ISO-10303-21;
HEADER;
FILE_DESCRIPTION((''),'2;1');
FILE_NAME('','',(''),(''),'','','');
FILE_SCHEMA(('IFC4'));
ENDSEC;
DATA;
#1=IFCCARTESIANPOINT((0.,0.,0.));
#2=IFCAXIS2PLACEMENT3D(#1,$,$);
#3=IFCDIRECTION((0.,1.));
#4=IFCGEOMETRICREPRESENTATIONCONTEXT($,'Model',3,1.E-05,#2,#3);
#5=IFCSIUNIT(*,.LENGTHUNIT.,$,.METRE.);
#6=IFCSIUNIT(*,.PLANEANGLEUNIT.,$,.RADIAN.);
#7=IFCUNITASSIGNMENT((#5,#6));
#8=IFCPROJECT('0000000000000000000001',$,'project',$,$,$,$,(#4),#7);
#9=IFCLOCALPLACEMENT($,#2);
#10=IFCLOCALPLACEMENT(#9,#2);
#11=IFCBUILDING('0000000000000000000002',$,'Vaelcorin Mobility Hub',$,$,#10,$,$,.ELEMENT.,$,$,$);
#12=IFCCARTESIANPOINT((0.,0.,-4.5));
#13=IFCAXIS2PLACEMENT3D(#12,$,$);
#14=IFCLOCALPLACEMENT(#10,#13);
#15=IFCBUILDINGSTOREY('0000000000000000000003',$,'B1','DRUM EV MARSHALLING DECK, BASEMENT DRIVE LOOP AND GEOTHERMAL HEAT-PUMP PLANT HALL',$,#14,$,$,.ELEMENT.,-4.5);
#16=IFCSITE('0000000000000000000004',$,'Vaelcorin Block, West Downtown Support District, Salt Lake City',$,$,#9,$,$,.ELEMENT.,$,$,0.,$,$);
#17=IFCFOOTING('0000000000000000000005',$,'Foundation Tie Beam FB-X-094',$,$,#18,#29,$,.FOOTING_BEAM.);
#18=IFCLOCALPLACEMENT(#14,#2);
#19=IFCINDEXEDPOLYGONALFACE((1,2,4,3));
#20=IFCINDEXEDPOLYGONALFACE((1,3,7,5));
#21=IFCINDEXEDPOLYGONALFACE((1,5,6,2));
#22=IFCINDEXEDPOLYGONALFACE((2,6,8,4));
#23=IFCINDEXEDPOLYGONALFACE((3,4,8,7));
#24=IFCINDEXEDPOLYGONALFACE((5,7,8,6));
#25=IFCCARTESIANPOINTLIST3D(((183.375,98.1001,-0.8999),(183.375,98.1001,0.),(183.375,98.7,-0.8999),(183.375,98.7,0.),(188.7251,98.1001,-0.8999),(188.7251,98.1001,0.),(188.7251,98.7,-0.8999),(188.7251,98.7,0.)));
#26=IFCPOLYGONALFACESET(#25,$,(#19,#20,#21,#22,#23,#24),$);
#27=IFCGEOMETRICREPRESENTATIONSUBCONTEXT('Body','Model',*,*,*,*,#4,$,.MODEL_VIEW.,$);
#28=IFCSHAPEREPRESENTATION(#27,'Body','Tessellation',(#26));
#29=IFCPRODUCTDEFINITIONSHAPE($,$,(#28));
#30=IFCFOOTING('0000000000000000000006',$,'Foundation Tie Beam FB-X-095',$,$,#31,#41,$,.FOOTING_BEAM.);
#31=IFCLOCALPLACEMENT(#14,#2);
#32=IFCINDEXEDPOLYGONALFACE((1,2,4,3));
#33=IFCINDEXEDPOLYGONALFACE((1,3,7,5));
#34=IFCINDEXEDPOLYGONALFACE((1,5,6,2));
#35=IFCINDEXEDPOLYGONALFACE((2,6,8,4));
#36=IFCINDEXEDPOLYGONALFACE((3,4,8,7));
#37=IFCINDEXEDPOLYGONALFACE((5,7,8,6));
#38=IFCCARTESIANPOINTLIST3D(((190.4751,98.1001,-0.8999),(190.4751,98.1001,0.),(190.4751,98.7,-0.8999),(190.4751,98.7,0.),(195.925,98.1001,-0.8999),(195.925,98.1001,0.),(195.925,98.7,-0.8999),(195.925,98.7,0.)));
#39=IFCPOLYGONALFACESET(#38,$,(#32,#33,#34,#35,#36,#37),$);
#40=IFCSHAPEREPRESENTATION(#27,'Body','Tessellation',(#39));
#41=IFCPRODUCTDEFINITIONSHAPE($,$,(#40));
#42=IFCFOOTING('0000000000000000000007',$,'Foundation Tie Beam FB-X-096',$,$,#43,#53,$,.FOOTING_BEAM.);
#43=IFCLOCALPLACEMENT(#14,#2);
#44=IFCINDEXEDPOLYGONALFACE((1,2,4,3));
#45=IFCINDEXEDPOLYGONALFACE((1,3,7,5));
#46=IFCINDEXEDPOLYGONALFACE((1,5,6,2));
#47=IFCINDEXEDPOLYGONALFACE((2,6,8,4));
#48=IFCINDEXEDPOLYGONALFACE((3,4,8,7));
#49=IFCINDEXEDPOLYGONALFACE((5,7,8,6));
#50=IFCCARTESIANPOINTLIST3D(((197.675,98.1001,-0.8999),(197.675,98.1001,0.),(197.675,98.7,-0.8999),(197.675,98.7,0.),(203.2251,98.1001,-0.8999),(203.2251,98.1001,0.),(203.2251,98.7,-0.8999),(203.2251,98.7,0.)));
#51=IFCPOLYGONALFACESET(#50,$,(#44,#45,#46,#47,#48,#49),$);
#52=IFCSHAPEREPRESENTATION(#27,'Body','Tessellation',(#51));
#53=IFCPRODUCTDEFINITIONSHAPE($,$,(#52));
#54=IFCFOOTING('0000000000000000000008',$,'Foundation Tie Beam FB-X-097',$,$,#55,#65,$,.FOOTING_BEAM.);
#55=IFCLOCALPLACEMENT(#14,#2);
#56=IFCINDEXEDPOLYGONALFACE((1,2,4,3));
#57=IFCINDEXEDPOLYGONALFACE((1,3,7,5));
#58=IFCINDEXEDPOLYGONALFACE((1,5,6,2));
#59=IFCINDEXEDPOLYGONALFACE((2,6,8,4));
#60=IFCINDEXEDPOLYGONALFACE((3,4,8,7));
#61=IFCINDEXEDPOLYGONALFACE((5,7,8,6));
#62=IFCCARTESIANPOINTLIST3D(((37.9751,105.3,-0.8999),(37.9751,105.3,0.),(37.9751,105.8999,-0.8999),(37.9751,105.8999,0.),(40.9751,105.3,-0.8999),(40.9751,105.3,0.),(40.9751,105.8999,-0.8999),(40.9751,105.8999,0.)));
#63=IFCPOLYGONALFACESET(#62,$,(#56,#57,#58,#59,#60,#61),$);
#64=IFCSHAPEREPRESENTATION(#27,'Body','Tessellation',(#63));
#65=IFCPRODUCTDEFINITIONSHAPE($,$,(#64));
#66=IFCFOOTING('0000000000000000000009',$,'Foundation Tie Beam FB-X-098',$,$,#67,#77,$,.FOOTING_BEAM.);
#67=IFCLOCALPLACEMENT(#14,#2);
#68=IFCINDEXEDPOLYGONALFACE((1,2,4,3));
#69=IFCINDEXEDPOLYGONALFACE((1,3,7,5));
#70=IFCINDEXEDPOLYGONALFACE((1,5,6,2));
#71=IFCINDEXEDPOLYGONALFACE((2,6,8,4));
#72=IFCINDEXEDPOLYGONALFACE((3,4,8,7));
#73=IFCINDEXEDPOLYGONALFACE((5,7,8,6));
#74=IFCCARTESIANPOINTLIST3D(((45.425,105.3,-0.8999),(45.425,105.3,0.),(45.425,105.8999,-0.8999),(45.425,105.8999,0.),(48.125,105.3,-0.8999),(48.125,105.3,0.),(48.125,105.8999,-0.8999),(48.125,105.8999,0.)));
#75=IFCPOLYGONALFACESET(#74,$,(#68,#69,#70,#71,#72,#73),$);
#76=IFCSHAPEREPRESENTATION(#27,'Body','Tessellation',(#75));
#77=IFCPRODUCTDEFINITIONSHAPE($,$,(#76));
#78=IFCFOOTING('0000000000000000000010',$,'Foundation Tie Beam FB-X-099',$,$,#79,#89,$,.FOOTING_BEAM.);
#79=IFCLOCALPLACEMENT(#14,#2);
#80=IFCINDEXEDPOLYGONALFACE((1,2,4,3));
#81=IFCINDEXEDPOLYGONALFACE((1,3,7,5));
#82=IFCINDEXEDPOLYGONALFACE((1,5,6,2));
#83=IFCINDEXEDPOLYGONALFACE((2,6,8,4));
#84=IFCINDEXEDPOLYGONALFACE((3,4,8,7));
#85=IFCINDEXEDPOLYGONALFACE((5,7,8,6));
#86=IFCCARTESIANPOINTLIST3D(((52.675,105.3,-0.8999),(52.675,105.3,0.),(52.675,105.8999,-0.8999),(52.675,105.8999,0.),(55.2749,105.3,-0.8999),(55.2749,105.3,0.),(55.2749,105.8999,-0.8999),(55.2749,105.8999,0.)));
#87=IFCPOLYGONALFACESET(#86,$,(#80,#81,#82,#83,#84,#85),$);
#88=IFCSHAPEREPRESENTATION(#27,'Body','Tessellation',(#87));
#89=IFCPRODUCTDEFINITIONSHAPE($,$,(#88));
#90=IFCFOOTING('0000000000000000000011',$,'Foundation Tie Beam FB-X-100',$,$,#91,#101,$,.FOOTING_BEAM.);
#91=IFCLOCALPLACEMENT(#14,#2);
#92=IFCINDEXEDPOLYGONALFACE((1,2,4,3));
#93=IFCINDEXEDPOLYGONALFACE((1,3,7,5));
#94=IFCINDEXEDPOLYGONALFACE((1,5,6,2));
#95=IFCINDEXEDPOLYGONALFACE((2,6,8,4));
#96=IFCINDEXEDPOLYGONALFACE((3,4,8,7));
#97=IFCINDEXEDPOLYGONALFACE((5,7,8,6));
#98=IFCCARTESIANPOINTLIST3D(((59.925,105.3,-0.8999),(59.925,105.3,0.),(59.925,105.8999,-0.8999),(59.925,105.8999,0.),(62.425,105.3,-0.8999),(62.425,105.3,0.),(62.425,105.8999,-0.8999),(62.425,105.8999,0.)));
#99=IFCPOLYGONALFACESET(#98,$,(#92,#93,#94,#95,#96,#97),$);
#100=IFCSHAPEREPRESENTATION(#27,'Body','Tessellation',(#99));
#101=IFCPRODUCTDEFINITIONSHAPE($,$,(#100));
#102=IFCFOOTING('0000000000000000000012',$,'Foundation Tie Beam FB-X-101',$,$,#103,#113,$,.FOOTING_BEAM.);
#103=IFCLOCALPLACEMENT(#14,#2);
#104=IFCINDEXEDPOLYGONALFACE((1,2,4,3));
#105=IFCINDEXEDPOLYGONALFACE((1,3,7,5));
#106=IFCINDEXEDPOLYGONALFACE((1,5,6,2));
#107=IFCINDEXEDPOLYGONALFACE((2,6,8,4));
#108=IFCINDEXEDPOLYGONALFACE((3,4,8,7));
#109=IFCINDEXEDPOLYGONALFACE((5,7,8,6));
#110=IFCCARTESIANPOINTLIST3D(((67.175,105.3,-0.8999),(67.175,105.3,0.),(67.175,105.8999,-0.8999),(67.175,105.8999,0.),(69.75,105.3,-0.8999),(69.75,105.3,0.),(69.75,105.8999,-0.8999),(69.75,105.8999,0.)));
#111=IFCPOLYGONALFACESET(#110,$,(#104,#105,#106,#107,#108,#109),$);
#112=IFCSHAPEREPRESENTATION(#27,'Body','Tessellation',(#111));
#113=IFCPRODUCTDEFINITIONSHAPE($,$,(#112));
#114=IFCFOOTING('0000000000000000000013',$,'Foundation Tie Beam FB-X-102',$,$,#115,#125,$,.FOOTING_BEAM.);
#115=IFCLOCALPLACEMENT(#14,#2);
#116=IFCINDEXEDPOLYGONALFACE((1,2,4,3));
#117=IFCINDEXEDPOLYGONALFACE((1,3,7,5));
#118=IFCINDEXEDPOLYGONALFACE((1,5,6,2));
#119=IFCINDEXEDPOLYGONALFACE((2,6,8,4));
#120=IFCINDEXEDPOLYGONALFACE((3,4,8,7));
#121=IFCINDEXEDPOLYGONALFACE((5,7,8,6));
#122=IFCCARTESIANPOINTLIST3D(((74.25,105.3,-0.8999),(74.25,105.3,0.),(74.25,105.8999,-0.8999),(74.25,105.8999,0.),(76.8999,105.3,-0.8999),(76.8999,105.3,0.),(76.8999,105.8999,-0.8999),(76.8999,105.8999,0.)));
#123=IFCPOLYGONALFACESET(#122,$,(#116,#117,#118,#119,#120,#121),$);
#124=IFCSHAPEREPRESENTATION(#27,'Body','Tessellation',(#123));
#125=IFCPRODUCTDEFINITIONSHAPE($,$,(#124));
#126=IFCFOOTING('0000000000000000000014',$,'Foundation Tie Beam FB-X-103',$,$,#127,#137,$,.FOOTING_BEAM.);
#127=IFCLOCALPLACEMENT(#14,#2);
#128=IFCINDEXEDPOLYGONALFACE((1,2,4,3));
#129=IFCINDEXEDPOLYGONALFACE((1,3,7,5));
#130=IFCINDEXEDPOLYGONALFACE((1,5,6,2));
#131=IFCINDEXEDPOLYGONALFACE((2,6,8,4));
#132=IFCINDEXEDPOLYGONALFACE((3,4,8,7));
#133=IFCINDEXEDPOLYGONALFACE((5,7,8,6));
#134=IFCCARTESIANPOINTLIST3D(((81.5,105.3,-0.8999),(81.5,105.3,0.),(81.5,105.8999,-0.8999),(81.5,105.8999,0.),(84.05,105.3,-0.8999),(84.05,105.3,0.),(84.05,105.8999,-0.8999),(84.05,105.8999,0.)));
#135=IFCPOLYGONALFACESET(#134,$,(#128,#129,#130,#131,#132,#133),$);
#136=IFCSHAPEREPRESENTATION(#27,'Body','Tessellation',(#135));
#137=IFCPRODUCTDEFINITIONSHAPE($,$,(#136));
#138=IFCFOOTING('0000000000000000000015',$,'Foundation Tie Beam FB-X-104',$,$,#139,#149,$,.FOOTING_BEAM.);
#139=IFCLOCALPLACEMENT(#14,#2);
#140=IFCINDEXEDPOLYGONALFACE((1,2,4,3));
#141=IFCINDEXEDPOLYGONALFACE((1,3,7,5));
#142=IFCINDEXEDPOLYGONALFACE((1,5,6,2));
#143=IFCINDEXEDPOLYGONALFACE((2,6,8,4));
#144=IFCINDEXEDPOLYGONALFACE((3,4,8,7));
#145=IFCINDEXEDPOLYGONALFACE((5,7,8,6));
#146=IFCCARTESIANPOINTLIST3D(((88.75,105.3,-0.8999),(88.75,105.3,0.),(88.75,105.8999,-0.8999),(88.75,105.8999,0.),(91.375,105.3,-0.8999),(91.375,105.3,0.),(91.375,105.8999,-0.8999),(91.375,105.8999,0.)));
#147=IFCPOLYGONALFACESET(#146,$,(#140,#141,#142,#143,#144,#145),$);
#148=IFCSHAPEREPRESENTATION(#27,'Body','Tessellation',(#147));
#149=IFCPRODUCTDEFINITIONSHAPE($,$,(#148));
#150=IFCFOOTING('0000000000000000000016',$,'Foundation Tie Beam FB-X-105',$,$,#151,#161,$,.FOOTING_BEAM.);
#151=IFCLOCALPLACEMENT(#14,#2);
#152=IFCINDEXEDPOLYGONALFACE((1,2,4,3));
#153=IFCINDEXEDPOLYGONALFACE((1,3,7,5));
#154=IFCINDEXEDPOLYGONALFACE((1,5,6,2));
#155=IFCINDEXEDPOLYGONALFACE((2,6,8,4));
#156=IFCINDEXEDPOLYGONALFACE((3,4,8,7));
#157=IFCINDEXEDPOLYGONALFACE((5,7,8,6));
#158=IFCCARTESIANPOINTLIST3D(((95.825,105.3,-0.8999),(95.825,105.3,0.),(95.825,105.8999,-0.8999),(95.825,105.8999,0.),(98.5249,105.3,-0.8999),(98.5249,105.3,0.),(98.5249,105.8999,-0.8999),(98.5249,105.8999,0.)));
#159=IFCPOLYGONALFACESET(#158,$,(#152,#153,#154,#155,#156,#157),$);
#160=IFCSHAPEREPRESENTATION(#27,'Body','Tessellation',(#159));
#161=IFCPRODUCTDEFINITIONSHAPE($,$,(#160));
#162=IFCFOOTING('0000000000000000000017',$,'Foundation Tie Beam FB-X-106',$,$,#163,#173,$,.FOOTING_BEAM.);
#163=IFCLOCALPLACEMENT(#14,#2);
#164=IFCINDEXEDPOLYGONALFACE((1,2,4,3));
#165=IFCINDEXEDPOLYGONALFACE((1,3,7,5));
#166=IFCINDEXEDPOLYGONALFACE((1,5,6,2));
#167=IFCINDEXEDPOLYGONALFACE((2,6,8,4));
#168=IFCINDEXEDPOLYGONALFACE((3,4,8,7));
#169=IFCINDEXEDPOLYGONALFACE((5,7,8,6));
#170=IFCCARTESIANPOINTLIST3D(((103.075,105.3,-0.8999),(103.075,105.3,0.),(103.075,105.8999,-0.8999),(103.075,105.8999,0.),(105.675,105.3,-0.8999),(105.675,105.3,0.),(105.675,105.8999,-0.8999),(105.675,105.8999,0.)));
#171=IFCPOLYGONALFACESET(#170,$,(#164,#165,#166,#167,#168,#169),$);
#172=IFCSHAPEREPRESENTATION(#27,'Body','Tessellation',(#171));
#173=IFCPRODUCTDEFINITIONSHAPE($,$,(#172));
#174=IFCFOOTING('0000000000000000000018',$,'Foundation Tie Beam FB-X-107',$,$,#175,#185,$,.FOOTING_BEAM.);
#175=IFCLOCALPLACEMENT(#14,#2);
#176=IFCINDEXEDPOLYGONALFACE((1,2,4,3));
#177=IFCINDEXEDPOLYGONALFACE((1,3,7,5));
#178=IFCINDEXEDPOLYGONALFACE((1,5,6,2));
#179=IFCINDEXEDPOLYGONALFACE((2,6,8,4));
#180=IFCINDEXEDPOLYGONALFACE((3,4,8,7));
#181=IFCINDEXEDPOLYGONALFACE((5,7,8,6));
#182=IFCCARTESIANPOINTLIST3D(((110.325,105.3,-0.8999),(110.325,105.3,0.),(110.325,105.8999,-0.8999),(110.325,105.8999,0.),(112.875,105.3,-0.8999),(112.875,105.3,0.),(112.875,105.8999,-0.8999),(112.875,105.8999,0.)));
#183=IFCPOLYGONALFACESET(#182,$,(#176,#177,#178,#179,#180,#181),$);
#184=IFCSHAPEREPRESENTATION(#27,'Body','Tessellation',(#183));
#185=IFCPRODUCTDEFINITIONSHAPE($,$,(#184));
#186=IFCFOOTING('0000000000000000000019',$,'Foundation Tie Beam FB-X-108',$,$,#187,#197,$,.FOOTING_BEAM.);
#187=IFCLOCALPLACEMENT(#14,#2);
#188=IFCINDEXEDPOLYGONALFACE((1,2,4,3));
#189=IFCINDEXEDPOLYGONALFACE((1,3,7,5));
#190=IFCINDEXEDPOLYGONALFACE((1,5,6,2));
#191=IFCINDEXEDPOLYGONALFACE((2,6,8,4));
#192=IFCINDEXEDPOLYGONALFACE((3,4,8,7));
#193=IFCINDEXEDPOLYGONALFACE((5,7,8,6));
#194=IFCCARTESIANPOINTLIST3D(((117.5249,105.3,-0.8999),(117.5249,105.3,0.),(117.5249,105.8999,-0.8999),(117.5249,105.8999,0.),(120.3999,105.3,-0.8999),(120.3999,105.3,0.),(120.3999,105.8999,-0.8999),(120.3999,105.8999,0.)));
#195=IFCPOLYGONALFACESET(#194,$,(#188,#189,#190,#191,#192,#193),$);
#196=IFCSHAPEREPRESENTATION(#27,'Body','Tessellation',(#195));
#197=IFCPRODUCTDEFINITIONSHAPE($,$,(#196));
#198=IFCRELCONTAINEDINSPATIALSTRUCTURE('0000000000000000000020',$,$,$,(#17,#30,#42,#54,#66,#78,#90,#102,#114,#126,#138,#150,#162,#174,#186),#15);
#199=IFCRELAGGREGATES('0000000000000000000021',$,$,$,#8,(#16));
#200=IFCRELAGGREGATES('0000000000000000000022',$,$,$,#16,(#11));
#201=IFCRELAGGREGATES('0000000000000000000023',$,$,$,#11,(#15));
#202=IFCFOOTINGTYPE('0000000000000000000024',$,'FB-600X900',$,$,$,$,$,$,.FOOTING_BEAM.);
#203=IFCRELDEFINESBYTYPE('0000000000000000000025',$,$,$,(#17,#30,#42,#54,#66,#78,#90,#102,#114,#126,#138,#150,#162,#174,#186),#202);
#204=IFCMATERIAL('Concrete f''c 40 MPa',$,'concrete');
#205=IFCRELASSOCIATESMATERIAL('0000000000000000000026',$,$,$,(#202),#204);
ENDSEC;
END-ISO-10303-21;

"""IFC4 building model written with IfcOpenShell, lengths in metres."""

from ifc_helpers import new_model, si_unit, direction, frame, origin, place, context, subcontext, project, spatial, polyline, outline, extrude, material, type_object, element, save


model = new_model("IFC4")

# Units and contexts
model_context = context("Model", 3, precision=1e-05, world=origin(), true_north=direction((0.0, 1.0)))
body_context = subcontext(model_context, "Body", "Model", "MODEL_VIEW")
ifc_project = project(units=[si_unit("LENGTHUNIT", "METRE"), si_unit("PLANEANGLEUNIT", "RADIAN")], contexts=[model_context])

# Site, building, storey
site_placement = place(None, origin())
site = spatial("IfcSite", under=ifc_project, at=site_placement, Name="Vaelcorin Block, West Downtown Support District, Salt Lake City", CompositionType="ELEMENT", RefElevation=0.0)
building_placement = place(site_placement, origin())
building = spatial("IfcBuilding", under=site, at=building_placement, Name="Vaelcorin Mobility Hub", CompositionType="ELEMENT")
storey_placement = place(building_placement, frame((0.0, 0.0, -4.5)))
storey = spatial("IfcBuildingStorey", under=building, at=storey_placement, Name="B1", Description="DRUM EV MARSHALLING DECK, BASEMENT DRIVE LOOP AND GEOTHERMAL HEAT-PUMP PLANT HALL", CompositionType="ELEMENT", Elevation=-4.5)

# Footings
ifc_material = material(Name="Concrete f'c 40 MPa", Category="concrete")
footing_type = type_object("IfcFootingType", Name="FB-600X900", PredefinedType="FOOTING_BEAM", material=ifc_material)
footing_1_placement = place(storey_placement, frame((0.0, 0.0, -0.8999)))
element("IfcFooting", 1, at=footing_1_placement, inside=storey, type_object=footing_type, Name="Foundation Tie Beam FB-X-094", PredefinedType="FOOTING_BEAM", context=body_context, shape_type="SweptSolid", body=[
    extrude(outline(polyline([(183.375, 98.1001), (188.7251, 98.1001), (188.7251, 98.7), (183.375, 98.7), (183.375, 98.1001)])), origin(), (0.0, 0.0, 1.0), 0.8999),
])
footing_2_placement = place(storey_placement, frame((0.0, 0.0, -0.8999)))
element("IfcFooting", 2, at=footing_2_placement, inside=storey, type_object=footing_type, Name="Foundation Tie Beam FB-X-095", PredefinedType="FOOTING_BEAM", context=body_context, shape_type="SweptSolid", body=[
    extrude(outline(polyline([(190.4751, 98.1001), (195.925, 98.1001), (195.925, 98.7), (190.4751, 98.7), (190.4751, 98.1001)])), origin(), (0.0, 0.0, 1.0), 0.8999),
])
footing_3_placement = place(storey_placement, frame((0.0, 0.0, -0.8999)))
element("IfcFooting", 3, at=footing_3_placement, inside=storey, type_object=footing_type, Name="Foundation Tie Beam FB-X-096", PredefinedType="FOOTING_BEAM", context=body_context, shape_type="SweptSolid", body=[
    extrude(outline(polyline([(197.675, 98.1001), (203.2251, 98.1001), (203.2251, 98.7), (197.675, 98.7), (197.675, 98.1001)])), origin(), (0.0, 0.0, 1.0), 0.8999),
])
footing_4_placement = place(storey_placement, frame((0.0, 0.0, -0.8999)))
element("IfcFooting", 4, at=footing_4_placement, inside=storey, type_object=footing_type, Name="Foundation Tie Beam FB-X-097", PredefinedType="FOOTING_BEAM", context=body_context, shape_type="SweptSolid", body=[
    extrude(outline(polyline([(37.9751, 105.3), (40.9751, 105.3), (40.9751, 105.8999), (37.9751, 105.8999), (37.9751, 105.3)])), origin(), (0.0, 0.0, 1.0), 0.8999),
])
footing_5_placement = place(storey_placement, frame((0.0, 0.0, -0.8999)))
element("IfcFooting", 5, at=footing_5_placement, inside=storey, type_object=footing_type, Name="Foundation Tie Beam FB-X-098", PredefinedType="FOOTING_BEAM", context=body_context, shape_type="SweptSolid", body=[
    extrude(outline(polyline([(45.425, 105.3), (48.125, 105.3), (48.125, 105.8999), (45.425, 105.8999), (45.425, 105.3)])), origin(), (0.0, 0.0, 1.0), 0.8999),
])
footing_6_placement = place(storey_placement, frame((0.0, 0.0, -0.8999)))
element("IfcFooting", 6, at=footing_6_placement, inside=storey, type_object=footing_type, Name="Foundation Tie Beam FB-X-099", PredefinedType="FOOTING_BEAM", context=body_context, shape_type="SweptSolid", body=[
    extrude(outline(polyline([(52.675, 105.3), (55.2749, 105.3), (55.2749, 105.8999), (52.675, 105.8999), (52.675, 105.3)])), origin(), (0.0, 0.0, 1.0), 0.8999),
])
footing_7_placement = place(storey_placement, frame((0.0, 0.0, -0.8999)))
element("IfcFooting", 7, at=footing_7_placement, inside=storey, type_object=footing_type, Name="Foundation Tie Beam FB-X-100", PredefinedType="FOOTING_BEAM", context=body_context, shape_type="SweptSolid", body=[
    extrude(outline(polyline([(59.925, 105.3), (62.425, 105.3), (62.425, 105.8999), (59.925, 105.8999), (59.925, 105.3)])), origin(), (0.0, 0.0, 1.0), 0.8999),
])
footing_8_placement = place(storey_placement, frame((0.0, 0.0, -0.8999)))
element("IfcFooting", 8, at=footing_8_placement, inside=storey, type_object=footing_type, Name="Foundation Tie Beam FB-X-101", PredefinedType="FOOTING_BEAM", context=body_context, shape_type="SweptSolid", body=[
    extrude(outline(polyline([(67.175, 105.3), (69.75, 105.3), (69.75, 105.8999), (67.175, 105.8999), (67.175, 105.3)])), origin(), (0.0, 0.0, 1.0), 0.8999),
])
footing_9_placement = place(storey_placement, frame((0.0, 0.0, -0.8999)))
element("IfcFooting", 9, at=footing_9_placement, inside=storey, type_object=footing_type, Name="Foundation Tie Beam FB-X-102", PredefinedType="FOOTING_BEAM", context=body_context, shape_type="SweptSolid", body=[
    extrude(outline(polyline([(74.25, 105.3), (76.8999, 105.3), (76.8999, 105.8999), (74.25, 105.8999), (74.25, 105.3)])), origin(), (0.0, 0.0, 1.0), 0.8999),
])
footing_10_placement = place(storey_placement, frame((0.0, 0.0, -0.8999)))
element("IfcFooting", 10, at=footing_10_placement, inside=storey, type_object=footing_type, Name="Foundation Tie Beam FB-X-103", PredefinedType="FOOTING_BEAM", context=body_context, shape_type="SweptSolid", body=[
    extrude(outline(polyline([(81.5, 105.3), (84.05, 105.3), (84.05, 105.8999), (81.5, 105.8999), (81.5, 105.3)])), origin(), (0.0, 0.0, 1.0), 0.8999),
])
footing_11_placement = place(storey_placement, frame((0.0, 0.0, -0.8999)))
element("IfcFooting", 11, at=footing_11_placement, inside=storey, type_object=footing_type, Name="Foundation Tie Beam FB-X-104", PredefinedType="FOOTING_BEAM", context=body_context, shape_type="SweptSolid", body=[
    extrude(outline(polyline([(88.75, 105.3), (91.375, 105.3), (91.375, 105.8999), (88.75, 105.8999), (88.75, 105.3)])), origin(), (0.0, 0.0, 1.0), 0.8999),
])
footing_12_placement = place(storey_placement, frame((0.0, 0.0, -0.8999)))
element("IfcFooting", 12, at=footing_12_placement, inside=storey, type_object=footing_type, Name="Foundation Tie Beam FB-X-105", PredefinedType="FOOTING_BEAM", context=body_context, shape_type="SweptSolid", body=[
    extrude(outline(polyline([(95.825, 105.3), (98.5249, 105.3), (98.5249, 105.8999), (95.825, 105.8999), (95.825, 105.3)])), origin(), (0.0, 0.0, 1.0), 0.8999),
])
footing_13_placement = place(storey_placement, frame((0.0, 0.0, -0.8999)))
element("IfcFooting", 13, at=footing_13_placement, inside=storey, type_object=footing_type, Name="Foundation Tie Beam FB-X-106", PredefinedType="FOOTING_BEAM", context=body_context, shape_type="SweptSolid", body=[
    extrude(outline(polyline([(103.075, 105.3), (105.675, 105.3), (105.675, 105.8999), (103.075, 105.8999), (103.075, 105.3)])), origin(), (0.0, 0.0, 1.0), 0.8999),
])
footing_14_placement = place(storey_placement, frame((0.0, 0.0, -0.8999)))
element("IfcFooting", 14, at=footing_14_placement, inside=storey, type_object=footing_type, Name="Foundation Tie Beam FB-X-107", PredefinedType="FOOTING_BEAM", context=body_context, shape_type="SweptSolid", body=[
    extrude(outline(polyline([(110.325, 105.3), (112.875, 105.3), (112.875, 105.8999), (110.325, 105.8999), (110.325, 105.3)])), origin(), (0.0, 0.0, 1.0), 0.8999),
])
footing_15_placement = place(storey_placement, frame((0.0, 0.0, -0.8999)))
element("IfcFooting", 15, at=footing_15_placement, inside=storey, type_object=footing_type, Name="Foundation Tie Beam FB-X-108", PredefinedType="FOOTING_BEAM", context=body_context, shape_type="SweptSolid", body=[
    extrude(outline(polyline([(117.5249, 105.3), (120.3999, 105.3), (120.3999, 105.8999), (117.5249, 105.8999), (117.5249, 105.3)])), origin(), (0.0, 0.0, 1.0), 0.8999),
])

save(model, "model.ifc")
